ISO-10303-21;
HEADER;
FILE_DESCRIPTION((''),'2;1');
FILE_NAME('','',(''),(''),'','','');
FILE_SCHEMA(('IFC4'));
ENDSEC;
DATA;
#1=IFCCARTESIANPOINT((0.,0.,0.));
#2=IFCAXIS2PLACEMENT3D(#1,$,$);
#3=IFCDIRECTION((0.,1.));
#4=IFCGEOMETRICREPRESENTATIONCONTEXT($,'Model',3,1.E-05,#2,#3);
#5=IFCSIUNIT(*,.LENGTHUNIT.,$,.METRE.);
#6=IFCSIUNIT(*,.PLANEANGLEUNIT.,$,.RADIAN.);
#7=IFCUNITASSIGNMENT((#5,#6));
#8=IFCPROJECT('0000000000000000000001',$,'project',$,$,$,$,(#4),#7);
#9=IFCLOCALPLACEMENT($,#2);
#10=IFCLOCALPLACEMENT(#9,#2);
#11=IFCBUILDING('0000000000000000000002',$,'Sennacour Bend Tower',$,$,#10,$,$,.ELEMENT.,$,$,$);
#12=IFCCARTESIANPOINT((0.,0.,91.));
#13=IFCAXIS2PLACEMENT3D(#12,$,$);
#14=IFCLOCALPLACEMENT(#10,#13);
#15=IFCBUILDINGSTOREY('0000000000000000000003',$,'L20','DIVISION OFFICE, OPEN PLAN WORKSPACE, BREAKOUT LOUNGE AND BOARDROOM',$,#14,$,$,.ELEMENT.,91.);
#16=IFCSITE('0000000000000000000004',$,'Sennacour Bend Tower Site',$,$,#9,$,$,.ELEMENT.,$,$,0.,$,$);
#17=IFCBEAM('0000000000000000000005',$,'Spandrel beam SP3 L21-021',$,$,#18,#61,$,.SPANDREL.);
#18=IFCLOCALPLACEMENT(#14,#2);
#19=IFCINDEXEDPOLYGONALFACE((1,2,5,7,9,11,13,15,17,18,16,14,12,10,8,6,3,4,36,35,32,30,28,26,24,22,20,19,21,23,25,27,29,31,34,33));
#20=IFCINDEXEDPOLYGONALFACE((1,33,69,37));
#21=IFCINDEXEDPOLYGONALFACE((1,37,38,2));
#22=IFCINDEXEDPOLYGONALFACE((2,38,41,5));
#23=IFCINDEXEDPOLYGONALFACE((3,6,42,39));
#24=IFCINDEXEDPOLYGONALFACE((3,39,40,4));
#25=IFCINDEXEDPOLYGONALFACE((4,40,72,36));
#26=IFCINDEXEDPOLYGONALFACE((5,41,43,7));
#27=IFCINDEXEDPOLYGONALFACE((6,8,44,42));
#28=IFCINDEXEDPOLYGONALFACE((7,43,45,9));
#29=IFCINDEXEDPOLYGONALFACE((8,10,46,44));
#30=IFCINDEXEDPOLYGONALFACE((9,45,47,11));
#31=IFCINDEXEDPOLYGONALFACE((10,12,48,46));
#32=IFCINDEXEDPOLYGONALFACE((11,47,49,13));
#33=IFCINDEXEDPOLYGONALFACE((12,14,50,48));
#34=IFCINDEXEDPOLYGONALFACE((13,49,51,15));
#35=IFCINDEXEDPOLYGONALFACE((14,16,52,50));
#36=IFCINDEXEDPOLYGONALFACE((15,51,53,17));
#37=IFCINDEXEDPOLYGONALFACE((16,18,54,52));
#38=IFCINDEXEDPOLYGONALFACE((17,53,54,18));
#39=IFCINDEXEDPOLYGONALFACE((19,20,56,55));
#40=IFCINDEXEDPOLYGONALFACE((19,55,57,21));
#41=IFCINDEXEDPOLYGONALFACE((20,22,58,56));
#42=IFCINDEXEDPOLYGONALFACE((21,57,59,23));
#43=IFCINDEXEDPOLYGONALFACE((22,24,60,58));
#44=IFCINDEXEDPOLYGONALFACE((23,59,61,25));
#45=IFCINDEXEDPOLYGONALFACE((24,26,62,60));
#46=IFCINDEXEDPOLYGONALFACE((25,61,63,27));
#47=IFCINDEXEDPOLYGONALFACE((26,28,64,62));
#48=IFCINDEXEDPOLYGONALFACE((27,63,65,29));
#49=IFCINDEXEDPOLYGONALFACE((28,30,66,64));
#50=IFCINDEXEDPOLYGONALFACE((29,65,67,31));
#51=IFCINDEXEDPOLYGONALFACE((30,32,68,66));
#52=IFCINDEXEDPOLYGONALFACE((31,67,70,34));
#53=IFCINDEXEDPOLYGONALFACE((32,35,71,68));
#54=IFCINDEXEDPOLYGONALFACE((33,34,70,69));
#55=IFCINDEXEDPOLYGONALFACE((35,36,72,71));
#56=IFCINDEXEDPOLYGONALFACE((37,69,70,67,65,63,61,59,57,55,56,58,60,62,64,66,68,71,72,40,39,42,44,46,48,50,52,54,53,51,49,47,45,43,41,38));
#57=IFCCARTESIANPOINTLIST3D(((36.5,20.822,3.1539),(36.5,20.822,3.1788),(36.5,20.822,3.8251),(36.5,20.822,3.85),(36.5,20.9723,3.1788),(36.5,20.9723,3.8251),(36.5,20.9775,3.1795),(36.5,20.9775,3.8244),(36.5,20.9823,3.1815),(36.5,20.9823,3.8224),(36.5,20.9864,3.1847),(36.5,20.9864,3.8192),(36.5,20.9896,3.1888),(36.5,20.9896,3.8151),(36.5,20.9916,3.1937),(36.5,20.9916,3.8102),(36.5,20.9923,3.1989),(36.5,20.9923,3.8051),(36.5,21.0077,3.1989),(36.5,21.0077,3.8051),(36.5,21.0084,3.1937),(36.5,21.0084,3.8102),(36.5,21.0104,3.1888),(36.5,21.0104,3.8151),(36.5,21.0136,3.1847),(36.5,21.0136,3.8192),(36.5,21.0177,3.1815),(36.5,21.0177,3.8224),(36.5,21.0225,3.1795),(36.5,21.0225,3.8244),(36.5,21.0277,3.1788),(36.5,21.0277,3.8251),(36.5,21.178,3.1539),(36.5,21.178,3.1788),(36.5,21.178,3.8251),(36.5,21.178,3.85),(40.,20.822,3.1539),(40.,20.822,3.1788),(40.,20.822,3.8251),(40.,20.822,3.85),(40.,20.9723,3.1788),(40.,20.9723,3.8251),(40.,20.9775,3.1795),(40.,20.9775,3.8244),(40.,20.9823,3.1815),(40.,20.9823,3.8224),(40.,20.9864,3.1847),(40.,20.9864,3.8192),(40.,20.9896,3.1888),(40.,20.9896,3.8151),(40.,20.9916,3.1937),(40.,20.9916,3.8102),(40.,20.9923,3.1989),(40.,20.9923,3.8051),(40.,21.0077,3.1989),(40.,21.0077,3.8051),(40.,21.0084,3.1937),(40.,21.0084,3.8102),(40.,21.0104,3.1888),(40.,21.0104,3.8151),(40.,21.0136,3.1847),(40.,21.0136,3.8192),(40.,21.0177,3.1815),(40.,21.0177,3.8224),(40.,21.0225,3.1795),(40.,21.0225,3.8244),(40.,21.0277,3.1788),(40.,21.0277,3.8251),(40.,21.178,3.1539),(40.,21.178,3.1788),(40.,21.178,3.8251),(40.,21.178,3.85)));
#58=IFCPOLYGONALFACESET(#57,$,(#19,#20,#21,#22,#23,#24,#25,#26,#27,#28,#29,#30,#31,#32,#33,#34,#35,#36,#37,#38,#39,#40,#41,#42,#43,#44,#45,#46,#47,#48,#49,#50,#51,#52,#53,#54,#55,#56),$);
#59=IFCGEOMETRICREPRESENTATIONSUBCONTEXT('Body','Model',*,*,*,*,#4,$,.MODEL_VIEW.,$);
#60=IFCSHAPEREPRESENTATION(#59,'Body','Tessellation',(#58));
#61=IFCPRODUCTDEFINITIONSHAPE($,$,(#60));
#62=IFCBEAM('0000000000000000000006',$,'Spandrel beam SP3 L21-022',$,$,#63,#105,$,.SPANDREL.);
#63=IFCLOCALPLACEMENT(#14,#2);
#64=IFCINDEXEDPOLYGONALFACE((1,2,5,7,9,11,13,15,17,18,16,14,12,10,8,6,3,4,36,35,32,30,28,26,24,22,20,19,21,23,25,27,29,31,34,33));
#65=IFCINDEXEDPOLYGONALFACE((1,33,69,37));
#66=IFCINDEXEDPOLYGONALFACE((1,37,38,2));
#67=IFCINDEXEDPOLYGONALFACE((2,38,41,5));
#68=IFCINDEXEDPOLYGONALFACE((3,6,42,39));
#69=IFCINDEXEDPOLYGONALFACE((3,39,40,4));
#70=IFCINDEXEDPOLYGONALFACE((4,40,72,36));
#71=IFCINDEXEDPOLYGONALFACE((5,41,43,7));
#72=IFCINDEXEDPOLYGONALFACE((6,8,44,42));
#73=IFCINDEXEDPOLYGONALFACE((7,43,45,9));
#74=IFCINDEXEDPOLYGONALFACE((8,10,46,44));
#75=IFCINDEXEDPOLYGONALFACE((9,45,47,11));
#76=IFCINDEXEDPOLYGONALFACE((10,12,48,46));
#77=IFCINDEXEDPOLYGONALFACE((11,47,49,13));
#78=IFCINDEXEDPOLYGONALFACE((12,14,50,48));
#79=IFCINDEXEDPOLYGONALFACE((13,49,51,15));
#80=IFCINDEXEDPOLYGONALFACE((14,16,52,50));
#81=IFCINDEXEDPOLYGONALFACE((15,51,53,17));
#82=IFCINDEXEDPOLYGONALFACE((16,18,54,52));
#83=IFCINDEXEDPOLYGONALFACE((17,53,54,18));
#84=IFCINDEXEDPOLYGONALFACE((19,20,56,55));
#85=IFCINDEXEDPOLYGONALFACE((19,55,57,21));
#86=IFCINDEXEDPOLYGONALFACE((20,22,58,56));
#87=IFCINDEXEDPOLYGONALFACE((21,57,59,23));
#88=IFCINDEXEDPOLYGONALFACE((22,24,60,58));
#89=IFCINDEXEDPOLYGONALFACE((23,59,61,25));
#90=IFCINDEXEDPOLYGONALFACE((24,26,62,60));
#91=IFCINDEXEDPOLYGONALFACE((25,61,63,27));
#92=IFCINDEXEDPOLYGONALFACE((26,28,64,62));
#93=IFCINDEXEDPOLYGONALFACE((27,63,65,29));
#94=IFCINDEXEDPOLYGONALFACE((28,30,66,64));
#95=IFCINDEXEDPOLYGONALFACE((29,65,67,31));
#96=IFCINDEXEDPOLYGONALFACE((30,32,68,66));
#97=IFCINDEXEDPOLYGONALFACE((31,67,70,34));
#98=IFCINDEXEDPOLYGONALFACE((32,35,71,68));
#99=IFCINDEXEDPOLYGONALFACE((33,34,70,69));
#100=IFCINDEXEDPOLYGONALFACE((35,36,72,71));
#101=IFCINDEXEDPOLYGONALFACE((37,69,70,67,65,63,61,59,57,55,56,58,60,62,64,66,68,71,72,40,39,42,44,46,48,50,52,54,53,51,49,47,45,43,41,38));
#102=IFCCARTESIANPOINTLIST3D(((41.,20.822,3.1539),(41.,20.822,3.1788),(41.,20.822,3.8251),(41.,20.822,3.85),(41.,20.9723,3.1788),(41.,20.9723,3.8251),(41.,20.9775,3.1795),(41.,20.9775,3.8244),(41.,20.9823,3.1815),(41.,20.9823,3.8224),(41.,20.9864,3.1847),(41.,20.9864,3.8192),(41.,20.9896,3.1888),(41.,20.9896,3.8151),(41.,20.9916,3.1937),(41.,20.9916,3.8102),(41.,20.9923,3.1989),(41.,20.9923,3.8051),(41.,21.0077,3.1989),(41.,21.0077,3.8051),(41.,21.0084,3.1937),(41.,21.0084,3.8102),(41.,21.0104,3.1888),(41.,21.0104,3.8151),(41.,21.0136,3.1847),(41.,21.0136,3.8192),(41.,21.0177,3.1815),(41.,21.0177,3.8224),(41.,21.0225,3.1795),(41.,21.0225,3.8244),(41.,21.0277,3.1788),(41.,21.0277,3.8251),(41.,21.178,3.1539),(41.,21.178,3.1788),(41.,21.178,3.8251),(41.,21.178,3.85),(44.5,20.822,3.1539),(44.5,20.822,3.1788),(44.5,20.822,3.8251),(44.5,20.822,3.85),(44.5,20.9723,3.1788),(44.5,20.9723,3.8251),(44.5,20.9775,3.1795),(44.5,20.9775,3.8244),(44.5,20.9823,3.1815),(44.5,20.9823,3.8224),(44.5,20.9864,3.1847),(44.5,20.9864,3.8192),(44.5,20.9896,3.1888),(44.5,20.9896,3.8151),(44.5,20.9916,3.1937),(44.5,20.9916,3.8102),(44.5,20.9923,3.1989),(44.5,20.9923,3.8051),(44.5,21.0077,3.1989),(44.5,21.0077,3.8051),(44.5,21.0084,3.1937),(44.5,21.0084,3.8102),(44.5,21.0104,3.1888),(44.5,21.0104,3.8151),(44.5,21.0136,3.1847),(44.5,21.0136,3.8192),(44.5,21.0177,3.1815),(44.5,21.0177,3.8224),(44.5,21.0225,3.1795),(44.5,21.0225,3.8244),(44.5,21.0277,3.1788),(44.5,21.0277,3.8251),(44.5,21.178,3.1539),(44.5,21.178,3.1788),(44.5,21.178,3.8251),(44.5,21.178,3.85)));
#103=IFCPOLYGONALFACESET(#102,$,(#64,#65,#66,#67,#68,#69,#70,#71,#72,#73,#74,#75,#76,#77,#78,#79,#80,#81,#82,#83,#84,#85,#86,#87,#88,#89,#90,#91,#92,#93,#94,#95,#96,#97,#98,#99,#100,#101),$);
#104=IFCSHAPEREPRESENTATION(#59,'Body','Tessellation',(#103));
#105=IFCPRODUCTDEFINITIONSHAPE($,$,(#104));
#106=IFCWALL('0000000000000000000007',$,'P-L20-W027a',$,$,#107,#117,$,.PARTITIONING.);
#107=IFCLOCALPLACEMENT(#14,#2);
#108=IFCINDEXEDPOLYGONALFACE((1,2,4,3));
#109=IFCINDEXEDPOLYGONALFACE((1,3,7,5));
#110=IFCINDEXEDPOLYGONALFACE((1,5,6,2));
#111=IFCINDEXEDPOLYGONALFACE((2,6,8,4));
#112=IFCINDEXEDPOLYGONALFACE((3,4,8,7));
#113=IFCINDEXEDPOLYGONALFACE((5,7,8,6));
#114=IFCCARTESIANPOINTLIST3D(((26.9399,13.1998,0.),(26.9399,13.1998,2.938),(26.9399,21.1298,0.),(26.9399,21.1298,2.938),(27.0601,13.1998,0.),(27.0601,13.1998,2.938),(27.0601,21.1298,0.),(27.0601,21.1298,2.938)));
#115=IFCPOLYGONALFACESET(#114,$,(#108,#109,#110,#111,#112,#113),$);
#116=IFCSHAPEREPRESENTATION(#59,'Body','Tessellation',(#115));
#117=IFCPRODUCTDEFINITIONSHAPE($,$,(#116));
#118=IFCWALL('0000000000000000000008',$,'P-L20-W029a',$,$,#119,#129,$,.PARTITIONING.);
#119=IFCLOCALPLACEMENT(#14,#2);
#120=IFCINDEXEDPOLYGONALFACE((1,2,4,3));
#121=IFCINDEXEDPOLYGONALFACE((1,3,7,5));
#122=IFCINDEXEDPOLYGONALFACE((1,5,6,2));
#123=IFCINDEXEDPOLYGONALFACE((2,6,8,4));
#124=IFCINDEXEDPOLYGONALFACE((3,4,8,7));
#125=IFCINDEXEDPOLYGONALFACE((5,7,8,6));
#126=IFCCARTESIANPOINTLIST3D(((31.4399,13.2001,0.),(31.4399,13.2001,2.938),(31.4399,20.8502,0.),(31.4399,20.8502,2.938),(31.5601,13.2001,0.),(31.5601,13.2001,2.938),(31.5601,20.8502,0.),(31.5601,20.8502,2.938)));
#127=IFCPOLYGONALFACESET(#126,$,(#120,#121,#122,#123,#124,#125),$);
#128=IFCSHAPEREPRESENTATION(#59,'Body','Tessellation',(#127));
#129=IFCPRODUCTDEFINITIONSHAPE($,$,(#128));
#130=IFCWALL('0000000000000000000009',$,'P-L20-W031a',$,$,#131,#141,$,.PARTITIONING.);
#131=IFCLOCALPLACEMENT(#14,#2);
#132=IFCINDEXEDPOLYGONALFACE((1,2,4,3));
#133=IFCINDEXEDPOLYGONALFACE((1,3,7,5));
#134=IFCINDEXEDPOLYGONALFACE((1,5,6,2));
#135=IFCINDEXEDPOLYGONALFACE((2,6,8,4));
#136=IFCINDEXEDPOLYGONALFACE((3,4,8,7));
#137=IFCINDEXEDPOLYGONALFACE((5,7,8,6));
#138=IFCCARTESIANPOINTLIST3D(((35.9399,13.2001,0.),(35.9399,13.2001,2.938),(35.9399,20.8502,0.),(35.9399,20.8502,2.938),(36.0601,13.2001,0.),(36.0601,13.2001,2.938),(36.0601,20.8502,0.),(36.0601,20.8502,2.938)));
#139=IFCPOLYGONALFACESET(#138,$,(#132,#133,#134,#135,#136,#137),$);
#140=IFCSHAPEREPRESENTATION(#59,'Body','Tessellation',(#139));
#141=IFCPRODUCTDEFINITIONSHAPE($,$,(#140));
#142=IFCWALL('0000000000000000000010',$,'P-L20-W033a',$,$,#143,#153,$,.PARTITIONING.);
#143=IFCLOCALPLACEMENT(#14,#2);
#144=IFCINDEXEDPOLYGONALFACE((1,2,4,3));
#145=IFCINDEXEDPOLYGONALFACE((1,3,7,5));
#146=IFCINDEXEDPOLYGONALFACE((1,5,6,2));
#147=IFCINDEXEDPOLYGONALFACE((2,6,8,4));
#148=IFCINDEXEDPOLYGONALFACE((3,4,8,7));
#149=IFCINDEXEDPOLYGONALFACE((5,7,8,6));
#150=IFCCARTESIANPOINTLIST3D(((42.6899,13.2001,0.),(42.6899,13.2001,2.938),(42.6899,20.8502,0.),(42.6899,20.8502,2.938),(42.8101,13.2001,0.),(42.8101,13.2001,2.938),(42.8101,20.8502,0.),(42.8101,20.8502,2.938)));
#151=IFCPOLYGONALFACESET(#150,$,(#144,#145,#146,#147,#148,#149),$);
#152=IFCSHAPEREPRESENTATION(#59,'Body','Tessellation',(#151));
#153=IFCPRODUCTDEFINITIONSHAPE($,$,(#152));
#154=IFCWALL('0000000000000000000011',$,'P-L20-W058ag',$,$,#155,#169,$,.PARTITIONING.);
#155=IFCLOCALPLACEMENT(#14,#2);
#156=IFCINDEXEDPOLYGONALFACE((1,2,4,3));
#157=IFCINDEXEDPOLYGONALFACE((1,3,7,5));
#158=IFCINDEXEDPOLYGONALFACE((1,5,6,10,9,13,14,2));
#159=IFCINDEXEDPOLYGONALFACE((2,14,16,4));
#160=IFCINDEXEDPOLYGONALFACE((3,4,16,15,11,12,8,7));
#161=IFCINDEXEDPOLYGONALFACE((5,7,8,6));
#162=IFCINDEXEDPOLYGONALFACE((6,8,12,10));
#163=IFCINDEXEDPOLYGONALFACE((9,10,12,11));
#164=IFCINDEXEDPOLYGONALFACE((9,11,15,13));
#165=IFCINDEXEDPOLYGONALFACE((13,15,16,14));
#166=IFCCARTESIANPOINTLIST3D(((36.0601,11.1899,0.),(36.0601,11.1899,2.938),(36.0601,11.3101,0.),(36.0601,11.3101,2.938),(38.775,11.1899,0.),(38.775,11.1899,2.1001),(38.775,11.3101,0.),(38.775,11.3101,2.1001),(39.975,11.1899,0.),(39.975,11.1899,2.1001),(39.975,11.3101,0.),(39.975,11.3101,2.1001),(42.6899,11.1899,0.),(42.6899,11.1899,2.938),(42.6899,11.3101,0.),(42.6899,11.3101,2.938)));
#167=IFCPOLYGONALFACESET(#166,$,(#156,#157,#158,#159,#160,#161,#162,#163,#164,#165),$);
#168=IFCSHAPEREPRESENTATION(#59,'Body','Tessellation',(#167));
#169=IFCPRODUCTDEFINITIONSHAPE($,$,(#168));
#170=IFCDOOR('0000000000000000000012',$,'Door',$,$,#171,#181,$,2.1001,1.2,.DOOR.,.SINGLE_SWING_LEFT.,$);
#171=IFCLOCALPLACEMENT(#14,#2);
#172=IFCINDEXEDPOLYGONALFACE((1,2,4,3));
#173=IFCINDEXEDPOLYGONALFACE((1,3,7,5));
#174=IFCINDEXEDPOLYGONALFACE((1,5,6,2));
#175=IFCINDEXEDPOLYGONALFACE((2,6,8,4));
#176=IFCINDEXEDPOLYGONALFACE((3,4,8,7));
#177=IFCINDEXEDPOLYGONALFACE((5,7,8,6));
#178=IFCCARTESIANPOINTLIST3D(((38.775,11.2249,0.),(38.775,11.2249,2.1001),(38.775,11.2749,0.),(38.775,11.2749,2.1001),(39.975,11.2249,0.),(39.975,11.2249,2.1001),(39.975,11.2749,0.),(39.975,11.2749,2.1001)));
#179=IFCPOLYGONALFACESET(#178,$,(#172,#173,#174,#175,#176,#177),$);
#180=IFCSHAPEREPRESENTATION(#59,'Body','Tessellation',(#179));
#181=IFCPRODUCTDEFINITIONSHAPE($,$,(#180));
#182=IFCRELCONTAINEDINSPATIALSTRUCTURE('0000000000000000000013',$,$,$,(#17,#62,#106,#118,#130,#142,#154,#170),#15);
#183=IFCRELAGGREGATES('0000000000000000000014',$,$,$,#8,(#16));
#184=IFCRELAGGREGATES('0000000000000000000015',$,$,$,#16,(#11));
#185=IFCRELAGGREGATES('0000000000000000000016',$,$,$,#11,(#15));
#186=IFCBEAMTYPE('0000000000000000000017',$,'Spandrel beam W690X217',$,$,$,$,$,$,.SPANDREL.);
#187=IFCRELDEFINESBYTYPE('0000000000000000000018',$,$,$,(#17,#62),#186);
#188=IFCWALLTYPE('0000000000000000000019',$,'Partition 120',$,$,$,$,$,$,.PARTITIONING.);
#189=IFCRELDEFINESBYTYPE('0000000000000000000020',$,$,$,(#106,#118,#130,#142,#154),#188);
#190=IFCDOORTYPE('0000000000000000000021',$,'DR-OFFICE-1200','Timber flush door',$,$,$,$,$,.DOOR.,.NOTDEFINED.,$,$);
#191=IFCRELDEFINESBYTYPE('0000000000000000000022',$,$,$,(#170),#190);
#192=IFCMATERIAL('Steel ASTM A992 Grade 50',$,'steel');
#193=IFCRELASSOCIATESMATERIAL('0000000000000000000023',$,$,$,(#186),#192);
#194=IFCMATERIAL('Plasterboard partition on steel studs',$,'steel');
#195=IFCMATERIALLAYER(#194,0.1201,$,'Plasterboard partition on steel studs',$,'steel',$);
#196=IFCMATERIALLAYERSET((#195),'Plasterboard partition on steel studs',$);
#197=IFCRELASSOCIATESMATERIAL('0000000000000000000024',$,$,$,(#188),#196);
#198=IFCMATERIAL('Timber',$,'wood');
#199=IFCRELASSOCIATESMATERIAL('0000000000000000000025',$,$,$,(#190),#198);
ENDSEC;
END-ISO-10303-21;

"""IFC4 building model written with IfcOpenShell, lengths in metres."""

from ifc_helpers import new_model, si_unit, direction, frame, frame_2d, origin, origin_2d, place, context, subcontext, project, spatial, rectangle, i_section, extrude, material, layer, layer_set, material_profile, profile_set, type_object, element, fill, save


model = new_model("IFC4")

# Units and contexts
model_context = context("Model", 3, precision=1e-05, world=origin(), true_north=direction((0.0, 1.0)))
body_context = subcontext(model_context, "Body", "Model", "MODEL_VIEW")
ifc_project = project(units=[si_unit("LENGTHUNIT", "METRE"), si_unit("PLANEANGLEUNIT", "RADIAN")], contexts=[model_context])

# Site, building, storey
site_placement = place(None, origin())
site = spatial("IfcSite", under=ifc_project, at=site_placement, Name="Sennacour Bend Tower Site", CompositionType="ELEMENT", RefElevation=0.0)
building_placement = place(site_placement, origin())
building = spatial("IfcBuilding", under=site, at=building_placement, Name="Sennacour Bend Tower", CompositionType="ELEMENT")
storey_placement = place(building_placement, frame((0.0, 0.0, 91.0)))
storey = spatial("IfcBuildingStorey", under=building, at=storey_placement, Name="L20", Description="DIVISION OFFICE, OPEN PLAN WORKSPACE, BREAKOUT LOUNGE AND BOARDROOM", CompositionType="ELEMENT", Elevation=91.0)

# Beams
ifc_material_1 = material(Name="Steel ASTM A992 Grade 50", Category="steel")
ifc_material_profile_1 = material_profile(ifc_material_1, i_section(OverallWidth=0.356, OverallDepth=0.696, WebThickness=0.0154, FlangeThickness=0.0249, FilletRadius=0.02, at=origin_2d()), Name="Steel ASTM A992 Grade 50", Category="steel")
ifc_profile_set_1 = profile_set([ifc_material_profile_1], Name="Steel ASTM A992 Grade 50")
beam_type = type_object("IfcBeamType", Name="Spandrel beam W690X217", PredefinedType="SPANDREL", material=ifc_profile_set_1)
for number, where, z_axis, x_axis, name in (
    (1, (36.5, 21.0, 3.502), (1.0, 0.0, 0.0), (0.0, 1.0, 0.0), "Spandrel beam SP3 L21-021"),
    (2, (41.0, 21.0, 3.502), (1.0, 0.0, 0.0), (0.0, 1.0, 0.0), "Spandrel beam SP3 L21-022"),
):
    element("IfcBeam", number, at=place(storey_placement, frame(where, z_axis=z_axis, x_axis=x_axis)), inside=storey, type_object=beam_type, Name=name, PredefinedType="SPANDREL", context=body_context, shape_type="SweptSolid", body=[
        extrude(i_section(OverallWidth=0.356, OverallDepth=0.696, WebThickness=0.0154, FlangeThickness=0.0249, FilletRadius=0.02, at=origin_2d()), origin(), (0.0, 0.0, 1.0), 3.5),
    ])

# Walls
ifc_material_2 = material(Name="Plasterboard partition on steel studs", Category="steel")
ifc_layer_1 = layer(ifc_material_2, 0.1201, Name="Plasterboard partition on steel studs", Category="steel")
ifc_layer_set_1 = layer_set([ifc_layer_1], Name="Plasterboard partition on steel studs")
wall_type_1 = type_object("IfcWallType", Name="Partition 120", PredefinedType="PARTITIONING", material=ifc_layer_set_1)
wall_1_placement = place(storey_placement, frame((27.0, 13.2, 0.0), z_axis=(0.0, 0.0, 1.0), x_axis=(0.0, 1.0, 0.0)))
element("IfcWall", 3, at=wall_1_placement, inside=storey, type_object=wall_type_1, Name="P-L20-W027a", PredefinedType="PARTITIONING", context=body_context, shape_type="SweptSolid", body=[
    extrude(rectangle(XDim=7.9299, YDim=0.1201, at=frame_2d((3.9648, 0.0))), origin(), (0.0, 0.0, 1.0), 2.938),
])
for number, where, z_axis, x_axis, name in (
    (4, (31.5, 13.2, 0.0), (0.0, 0.0, 1.0), (0.0, 1.0, 0.0), "P-L20-W029a"),
    (5, (36.0, 13.2, 0.0), (0.0, 0.0, 1.0), (0.0, 1.0, 0.0), "P-L20-W031a"),
    (6, (42.75, 13.2, 0.0), (0.0, 0.0, 1.0), (0.0, 1.0, 0.0), "P-L20-W033a"),
):
    element("IfcWall", number, at=place(storey_placement, frame(where, z_axis=z_axis, x_axis=x_axis)), inside=storey, type_object=wall_type_1, Name=name, PredefinedType="PARTITIONING", context=body_context, shape_type="SweptSolid", body=[
        extrude(rectangle(XDim=7.6501, YDim=0.1201, at=frame_2d((3.8252, 0.0))), origin(), (0.0, 0.0, 1.0), 2.938),
    ])

# Wall, opening, door
wall_2_placement = place(storey_placement, frame((36.0601, 11.25, 0.0), z_axis=(0.0, 0.0, 1.0), x_axis=(1.0, 0.0, 0.0)))
wall_2 = element("IfcWall", 7, at=wall_2_placement, inside=storey, type_object=wall_type_1, Name="P-L20-W058ag", PredefinedType="PARTITIONING", context=body_context, shape_type="SweptSolid", body=[
    extrude(rectangle(XDim=6.6299, YDim=0.1201, at=frame_2d((3.3149, 0.0))), origin(), (0.0, 0.0, 1.0), 2.938),
])
opening_1_placement = place(wall_2_placement, frame((2.7148, 0.0, 0.0)))
opening_1 = element("IfcOpeningElement", 8, at=opening_1_placement, cuts=wall_2, PredefinedType="OPENING", context=body_context, shape_type="SweptSolid", body=[
    extrude(rectangle(XDim=1.2, YDim=2.1001, at=frame_2d((0.6001, 1.05))), frame((0.0, 0.0701, 0.0), z_axis=(0.0, -1.0, 0.0), x_axis=(1.0, 0.0, 0.0)), (0.0, 0.0, 1.0), 0.1401),
])
ifc_material_3 = material(Name="Timber", Category="wood")
door_type_1 = type_object("IfcDoorType", Name="DR-OFFICE-1200", Description="Timber flush door", OperationType="NOTDEFINED", PredefinedType="DOOR", material=ifc_material_3)
door_1_placement = place(opening_1_placement, origin())
door_1 = element("IfcDoor", 9, at=door_1_placement, inside=storey, type_object=door_type_1, Name="Door", OperationType="SINGLE_SWING_LEFT", OverallHeight=2.1001, OverallWidth=1.2, PredefinedType="DOOR", context=body_context, shape_type="SweptSolid", body=[
    extrude(rectangle(XDim=1.2, YDim=2.1001, at=frame_2d((0.6001, 1.05))), frame((0.0, 0.0249, 0.0), z_axis=(0.0, -1.0, 0.0), x_axis=(1.0, 0.0, 0.0)), (0.0, 0.0, 1.0), 0.05),
])
fill(opening_1, door_1)

save(model, "model.ifc")
